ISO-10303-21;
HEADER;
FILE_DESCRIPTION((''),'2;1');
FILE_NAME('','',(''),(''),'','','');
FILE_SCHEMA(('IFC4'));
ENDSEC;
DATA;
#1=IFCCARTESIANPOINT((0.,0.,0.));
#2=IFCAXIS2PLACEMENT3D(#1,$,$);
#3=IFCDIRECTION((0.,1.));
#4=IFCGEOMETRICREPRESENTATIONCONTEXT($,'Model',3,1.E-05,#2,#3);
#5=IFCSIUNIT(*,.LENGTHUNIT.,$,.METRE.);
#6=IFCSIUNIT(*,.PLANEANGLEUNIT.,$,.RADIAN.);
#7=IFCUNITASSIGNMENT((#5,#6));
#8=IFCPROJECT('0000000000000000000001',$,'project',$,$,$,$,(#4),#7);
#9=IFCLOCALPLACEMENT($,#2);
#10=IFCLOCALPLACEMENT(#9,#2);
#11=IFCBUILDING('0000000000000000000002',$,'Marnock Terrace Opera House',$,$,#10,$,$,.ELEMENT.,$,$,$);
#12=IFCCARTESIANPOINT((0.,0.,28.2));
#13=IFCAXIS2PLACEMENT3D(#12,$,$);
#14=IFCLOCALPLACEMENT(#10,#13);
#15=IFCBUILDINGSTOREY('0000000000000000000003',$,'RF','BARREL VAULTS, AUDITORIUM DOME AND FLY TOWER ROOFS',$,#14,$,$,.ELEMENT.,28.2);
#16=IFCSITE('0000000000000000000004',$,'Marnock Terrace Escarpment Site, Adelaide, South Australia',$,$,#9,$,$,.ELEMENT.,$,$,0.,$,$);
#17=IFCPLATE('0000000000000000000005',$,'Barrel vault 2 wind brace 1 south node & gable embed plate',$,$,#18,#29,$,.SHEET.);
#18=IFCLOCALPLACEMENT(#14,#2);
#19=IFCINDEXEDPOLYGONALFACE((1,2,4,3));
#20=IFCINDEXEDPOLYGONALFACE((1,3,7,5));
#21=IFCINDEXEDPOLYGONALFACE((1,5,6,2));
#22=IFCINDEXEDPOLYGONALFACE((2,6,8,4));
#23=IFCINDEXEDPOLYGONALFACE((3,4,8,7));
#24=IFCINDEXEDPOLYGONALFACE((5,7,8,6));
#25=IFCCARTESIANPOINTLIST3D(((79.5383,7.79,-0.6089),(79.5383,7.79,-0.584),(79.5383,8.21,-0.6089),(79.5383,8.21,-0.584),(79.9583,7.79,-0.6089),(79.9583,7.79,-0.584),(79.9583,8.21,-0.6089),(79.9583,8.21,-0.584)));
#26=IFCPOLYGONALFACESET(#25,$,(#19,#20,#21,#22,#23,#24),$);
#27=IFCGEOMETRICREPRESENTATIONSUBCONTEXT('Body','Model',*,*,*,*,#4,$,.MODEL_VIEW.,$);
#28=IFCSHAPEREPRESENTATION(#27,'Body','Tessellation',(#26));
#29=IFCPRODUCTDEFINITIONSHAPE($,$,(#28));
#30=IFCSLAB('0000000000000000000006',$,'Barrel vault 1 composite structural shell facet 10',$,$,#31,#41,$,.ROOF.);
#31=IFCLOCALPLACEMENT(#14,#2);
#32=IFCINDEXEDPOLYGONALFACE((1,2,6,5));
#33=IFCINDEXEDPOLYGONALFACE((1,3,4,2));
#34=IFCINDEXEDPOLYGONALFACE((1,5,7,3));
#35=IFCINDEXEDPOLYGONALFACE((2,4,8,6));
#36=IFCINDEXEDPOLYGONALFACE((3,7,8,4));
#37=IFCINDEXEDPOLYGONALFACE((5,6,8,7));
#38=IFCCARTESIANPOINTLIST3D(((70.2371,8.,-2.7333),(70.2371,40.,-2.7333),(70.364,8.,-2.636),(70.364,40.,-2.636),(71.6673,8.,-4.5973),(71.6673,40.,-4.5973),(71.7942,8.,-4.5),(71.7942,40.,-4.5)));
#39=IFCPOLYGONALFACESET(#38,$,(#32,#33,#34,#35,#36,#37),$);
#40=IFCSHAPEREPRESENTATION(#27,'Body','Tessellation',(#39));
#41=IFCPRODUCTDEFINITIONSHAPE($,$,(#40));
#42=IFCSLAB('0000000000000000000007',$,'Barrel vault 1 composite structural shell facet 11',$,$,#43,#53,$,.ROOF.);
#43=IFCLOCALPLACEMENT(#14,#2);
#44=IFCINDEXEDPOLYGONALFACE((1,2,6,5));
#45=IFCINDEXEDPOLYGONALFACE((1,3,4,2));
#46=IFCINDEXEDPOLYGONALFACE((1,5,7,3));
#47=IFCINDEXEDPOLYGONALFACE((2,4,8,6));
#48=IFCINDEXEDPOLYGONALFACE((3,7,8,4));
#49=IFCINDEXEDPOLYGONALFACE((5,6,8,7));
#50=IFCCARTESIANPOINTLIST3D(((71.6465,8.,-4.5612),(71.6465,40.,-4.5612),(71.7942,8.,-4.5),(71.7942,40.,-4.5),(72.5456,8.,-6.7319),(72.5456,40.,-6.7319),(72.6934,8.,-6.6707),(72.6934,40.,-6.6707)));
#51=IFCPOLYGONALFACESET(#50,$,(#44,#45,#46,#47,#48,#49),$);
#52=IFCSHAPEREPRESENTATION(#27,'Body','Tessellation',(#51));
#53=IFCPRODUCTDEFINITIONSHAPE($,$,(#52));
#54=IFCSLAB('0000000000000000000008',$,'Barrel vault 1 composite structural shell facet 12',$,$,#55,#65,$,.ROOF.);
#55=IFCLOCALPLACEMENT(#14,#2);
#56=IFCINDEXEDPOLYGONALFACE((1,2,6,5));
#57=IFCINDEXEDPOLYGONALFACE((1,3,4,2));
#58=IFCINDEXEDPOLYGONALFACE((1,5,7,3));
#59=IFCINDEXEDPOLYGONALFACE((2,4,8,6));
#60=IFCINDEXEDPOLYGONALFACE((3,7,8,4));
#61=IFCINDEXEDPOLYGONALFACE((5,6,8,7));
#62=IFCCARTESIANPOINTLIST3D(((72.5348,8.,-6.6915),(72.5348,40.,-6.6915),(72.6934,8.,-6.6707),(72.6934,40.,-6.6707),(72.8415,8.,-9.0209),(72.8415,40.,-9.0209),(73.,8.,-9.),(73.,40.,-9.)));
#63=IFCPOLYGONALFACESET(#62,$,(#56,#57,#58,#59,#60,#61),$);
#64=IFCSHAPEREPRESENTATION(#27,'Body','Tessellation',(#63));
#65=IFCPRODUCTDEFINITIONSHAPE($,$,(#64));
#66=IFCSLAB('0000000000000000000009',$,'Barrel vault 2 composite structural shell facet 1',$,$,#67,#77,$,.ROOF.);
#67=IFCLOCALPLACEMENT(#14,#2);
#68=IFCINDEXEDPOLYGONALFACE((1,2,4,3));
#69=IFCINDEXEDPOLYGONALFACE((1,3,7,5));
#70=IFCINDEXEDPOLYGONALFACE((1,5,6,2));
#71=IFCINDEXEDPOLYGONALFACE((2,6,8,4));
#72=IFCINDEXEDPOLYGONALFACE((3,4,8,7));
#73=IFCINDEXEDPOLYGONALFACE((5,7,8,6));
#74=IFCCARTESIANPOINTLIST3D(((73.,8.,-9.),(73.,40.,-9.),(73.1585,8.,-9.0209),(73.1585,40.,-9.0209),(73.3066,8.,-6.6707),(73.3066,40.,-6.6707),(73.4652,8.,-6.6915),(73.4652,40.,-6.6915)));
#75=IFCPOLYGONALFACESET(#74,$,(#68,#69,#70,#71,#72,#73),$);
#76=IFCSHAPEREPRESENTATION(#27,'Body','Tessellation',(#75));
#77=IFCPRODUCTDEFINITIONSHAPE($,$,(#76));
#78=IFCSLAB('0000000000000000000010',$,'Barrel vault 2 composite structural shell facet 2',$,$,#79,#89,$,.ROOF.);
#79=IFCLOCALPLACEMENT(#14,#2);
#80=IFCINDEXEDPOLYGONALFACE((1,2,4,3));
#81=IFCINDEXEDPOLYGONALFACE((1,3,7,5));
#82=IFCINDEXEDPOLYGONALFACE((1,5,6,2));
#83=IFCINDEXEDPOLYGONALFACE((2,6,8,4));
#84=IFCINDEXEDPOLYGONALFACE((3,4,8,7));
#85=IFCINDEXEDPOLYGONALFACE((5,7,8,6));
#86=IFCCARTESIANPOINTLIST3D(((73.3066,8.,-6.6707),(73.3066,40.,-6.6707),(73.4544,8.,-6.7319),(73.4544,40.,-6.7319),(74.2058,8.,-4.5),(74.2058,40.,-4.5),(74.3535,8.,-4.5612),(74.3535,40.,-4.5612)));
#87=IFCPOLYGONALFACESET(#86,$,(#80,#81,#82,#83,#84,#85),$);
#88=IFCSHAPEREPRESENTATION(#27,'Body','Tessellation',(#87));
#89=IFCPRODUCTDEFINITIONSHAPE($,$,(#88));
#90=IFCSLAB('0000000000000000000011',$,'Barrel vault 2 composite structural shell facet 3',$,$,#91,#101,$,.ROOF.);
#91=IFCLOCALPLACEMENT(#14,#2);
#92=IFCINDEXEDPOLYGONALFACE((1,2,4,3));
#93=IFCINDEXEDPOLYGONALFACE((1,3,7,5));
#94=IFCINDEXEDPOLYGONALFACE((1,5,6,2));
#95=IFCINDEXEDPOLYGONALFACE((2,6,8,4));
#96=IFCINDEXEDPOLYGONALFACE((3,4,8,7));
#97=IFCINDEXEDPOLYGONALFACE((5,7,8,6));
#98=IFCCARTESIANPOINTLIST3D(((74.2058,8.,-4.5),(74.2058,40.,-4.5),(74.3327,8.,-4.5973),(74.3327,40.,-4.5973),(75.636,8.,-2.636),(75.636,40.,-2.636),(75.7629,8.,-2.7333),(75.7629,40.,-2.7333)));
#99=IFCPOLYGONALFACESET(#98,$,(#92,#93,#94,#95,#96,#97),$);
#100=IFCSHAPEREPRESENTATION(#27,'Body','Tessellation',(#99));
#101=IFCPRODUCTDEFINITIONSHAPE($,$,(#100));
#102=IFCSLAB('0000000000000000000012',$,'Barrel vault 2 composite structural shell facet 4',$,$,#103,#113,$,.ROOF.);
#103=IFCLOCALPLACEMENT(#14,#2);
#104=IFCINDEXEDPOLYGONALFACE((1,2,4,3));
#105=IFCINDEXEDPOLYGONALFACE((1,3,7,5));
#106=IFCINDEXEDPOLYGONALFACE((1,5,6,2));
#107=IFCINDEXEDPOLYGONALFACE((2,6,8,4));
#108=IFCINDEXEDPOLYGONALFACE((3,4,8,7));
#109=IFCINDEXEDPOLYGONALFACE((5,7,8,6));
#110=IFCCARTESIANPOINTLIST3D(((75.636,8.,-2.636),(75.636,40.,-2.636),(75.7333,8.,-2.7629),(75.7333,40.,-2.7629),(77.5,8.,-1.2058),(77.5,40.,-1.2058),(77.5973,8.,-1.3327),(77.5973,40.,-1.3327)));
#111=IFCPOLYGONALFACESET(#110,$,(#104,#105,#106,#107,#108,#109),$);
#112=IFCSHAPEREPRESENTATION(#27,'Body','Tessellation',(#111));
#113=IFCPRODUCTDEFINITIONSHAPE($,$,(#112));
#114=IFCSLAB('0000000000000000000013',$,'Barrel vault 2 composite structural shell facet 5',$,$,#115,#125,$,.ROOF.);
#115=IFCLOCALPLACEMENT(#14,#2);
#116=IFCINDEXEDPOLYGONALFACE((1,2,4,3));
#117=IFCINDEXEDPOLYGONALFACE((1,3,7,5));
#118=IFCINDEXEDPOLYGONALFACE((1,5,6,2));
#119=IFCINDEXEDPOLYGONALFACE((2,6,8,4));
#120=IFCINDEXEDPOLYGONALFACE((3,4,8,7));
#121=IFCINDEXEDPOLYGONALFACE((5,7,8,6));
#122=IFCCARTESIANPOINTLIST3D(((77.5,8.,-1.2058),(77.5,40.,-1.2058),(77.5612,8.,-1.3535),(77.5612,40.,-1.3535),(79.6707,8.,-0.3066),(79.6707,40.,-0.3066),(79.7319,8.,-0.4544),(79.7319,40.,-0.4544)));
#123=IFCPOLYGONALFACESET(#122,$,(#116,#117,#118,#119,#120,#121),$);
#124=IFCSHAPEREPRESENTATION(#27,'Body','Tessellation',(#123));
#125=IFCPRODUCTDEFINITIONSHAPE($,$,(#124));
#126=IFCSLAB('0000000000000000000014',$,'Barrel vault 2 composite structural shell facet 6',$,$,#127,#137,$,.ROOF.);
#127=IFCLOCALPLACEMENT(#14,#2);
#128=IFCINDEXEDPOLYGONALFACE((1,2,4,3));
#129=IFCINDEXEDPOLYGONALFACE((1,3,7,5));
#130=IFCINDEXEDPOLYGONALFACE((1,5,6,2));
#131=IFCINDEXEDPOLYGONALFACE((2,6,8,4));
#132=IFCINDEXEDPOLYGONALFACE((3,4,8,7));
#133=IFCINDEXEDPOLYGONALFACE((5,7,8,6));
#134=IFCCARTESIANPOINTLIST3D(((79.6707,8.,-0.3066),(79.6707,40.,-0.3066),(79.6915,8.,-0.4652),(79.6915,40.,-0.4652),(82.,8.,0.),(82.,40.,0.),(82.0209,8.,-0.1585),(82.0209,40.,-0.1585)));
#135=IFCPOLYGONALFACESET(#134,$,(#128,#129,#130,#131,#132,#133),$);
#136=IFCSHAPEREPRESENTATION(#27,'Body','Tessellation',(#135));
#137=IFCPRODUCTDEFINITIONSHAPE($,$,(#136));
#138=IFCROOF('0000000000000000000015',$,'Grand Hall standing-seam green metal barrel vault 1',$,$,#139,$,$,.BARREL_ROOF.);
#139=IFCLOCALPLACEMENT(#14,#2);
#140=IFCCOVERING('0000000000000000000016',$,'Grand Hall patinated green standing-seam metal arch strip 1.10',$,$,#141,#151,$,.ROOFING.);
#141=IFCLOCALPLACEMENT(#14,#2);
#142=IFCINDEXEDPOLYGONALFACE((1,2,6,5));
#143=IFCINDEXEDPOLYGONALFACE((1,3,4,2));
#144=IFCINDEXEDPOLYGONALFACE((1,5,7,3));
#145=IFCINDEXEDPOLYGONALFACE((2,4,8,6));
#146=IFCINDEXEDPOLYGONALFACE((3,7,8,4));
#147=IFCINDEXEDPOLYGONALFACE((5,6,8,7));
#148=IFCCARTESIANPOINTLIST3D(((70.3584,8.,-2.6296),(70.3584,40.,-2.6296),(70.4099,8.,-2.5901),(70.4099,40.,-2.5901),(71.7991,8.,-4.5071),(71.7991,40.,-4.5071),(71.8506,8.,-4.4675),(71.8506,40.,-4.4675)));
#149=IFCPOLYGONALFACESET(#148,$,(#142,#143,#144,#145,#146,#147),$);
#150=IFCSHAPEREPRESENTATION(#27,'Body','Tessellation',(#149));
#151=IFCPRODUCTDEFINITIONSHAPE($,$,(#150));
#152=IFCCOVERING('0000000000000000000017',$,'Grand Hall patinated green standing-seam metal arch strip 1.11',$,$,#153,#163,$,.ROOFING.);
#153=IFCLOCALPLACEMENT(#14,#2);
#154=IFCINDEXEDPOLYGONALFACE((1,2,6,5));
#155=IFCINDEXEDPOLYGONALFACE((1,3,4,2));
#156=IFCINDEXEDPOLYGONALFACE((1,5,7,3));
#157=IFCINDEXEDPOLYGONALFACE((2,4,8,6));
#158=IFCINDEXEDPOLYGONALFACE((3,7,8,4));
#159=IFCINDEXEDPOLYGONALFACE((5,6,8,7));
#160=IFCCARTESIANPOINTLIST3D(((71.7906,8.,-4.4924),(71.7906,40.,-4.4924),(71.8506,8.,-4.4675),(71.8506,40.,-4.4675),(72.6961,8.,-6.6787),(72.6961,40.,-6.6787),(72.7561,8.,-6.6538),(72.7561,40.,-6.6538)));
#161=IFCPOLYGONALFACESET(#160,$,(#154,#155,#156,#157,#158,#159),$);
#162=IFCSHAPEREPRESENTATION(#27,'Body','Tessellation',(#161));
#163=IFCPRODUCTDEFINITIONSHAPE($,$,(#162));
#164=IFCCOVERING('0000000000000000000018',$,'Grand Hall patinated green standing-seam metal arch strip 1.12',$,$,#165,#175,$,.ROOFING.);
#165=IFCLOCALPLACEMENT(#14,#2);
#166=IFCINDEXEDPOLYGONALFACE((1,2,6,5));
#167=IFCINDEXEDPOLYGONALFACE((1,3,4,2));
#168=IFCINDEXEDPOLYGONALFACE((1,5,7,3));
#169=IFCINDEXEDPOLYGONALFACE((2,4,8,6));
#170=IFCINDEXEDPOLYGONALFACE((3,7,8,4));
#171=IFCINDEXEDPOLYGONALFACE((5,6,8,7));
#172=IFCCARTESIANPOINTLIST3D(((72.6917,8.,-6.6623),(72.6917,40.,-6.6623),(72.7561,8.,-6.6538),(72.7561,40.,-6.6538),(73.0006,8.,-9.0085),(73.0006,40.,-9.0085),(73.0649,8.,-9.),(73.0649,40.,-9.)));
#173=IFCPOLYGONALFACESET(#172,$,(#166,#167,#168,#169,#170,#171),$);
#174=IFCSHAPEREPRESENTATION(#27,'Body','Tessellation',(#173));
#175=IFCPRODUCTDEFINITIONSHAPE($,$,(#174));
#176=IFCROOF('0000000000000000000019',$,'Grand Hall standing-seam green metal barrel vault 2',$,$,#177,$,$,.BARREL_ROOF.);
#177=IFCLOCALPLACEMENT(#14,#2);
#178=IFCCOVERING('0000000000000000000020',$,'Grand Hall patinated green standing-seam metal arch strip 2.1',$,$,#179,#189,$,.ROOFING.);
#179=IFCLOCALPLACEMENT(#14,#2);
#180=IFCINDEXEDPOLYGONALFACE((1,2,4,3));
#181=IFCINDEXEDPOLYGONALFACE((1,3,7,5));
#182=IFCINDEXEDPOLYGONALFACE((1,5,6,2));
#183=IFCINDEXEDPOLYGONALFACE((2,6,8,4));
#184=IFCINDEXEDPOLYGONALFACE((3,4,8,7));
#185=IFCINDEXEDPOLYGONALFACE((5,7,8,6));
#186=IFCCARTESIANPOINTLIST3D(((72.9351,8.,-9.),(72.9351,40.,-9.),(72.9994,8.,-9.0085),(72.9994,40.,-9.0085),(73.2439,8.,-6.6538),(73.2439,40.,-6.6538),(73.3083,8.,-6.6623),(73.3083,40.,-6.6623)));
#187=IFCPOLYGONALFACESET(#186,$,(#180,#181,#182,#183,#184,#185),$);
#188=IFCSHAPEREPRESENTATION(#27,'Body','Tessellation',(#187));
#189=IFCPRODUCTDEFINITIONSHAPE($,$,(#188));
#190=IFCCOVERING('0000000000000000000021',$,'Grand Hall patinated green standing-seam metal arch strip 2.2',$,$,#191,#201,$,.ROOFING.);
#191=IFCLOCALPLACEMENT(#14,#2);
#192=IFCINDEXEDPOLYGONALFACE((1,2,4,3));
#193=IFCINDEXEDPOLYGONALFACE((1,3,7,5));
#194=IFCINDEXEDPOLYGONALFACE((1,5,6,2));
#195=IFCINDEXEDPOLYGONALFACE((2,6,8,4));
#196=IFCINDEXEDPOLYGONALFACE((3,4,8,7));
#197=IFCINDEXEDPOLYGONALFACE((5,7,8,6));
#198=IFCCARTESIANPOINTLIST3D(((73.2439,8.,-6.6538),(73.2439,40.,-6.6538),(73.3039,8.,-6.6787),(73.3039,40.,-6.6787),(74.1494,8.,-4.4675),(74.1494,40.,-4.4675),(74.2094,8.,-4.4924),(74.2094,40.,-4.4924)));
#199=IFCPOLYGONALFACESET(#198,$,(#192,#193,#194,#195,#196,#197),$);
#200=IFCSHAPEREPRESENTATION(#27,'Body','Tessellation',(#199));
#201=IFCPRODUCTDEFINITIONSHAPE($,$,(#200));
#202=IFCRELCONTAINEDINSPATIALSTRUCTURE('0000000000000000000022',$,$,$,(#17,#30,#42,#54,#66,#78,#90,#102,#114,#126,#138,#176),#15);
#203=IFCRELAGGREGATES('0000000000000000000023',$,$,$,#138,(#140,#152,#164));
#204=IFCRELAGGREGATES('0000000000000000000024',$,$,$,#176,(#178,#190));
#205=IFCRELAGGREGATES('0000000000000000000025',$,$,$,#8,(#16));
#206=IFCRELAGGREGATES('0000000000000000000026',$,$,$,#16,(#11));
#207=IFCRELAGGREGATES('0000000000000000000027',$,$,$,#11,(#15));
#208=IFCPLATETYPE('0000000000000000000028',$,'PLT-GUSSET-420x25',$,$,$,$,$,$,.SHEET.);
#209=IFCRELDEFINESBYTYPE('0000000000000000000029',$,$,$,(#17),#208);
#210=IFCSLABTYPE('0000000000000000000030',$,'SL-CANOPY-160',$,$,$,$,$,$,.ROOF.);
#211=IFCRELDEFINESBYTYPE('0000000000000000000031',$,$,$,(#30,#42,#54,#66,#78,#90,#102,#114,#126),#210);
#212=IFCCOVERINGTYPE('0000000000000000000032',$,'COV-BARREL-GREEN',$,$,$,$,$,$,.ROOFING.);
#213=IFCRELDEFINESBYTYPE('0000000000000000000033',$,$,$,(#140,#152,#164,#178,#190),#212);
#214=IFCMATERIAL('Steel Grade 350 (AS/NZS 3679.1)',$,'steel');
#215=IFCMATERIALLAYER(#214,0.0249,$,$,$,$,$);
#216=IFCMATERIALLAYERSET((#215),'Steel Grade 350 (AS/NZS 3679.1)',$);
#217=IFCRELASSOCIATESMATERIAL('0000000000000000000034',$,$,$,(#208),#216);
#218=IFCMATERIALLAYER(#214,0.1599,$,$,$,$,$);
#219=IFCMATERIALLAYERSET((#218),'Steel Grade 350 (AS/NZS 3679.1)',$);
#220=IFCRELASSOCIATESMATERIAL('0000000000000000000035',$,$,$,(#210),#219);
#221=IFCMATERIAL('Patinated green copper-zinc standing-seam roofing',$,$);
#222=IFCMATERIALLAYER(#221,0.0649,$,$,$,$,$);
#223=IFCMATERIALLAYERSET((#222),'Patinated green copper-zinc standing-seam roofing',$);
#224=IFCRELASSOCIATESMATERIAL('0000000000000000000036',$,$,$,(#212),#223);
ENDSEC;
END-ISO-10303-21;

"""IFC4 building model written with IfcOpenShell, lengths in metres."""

from ifc_helpers import new_model, si_unit, direction, frame, origin, origin_2d, place, context, subcontext, project, spatial, polyline, rectangle, outline, extrude, material, layer, layer_set, type_object, element, aggregate, save


model = new_model("IFC4")

# Units and contexts
model_context = context("Model", 3, precision=1e-05, world=origin(), true_north=direction((0.0, 1.0)))
body_context = subcontext(model_context, "Body", "Model", "MODEL_VIEW")
ifc_project = project(units=[si_unit("LENGTHUNIT", "METRE"), si_unit("PLANEANGLEUNIT", "RADIAN")], contexts=[model_context])

# Site, building, storey
site_placement = place(None, origin())
site = spatial("IfcSite", under=ifc_project, at=site_placement, Name="Marnock Terrace Escarpment Site, Adelaide, South Australia", CompositionType="ELEMENT", RefElevation=0.0)
building_placement = place(site_placement, origin())
building = spatial("IfcBuilding", under=site, at=building_placement, Name="Marnock Terrace Opera House", CompositionType="ELEMENT")
storey_placement = place(building_placement, frame((0.0, 0.0, 28.2)))
storey = spatial("IfcBuildingStorey", under=building, at=storey_placement, Name="RF", Description="BARREL VAULTS, AUDITORIUM DOME AND FLY TOWER ROOFS", CompositionType="ELEMENT", Elevation=28.2)

# Plate
ifc_material_1 = material(Name="Steel Grade 350 (AS/NZS 3679.1)", Category="steel")
ifc_layer_1 = layer(ifc_material_1, 0.0249)
ifc_layer_set_1 = layer_set([ifc_layer_1], Name="Steel Grade 350 (AS/NZS 3679.1)")
plate_type = type_object("IfcPlateType", Name="PLT-GUSSET-420x25", PredefinedType="SHEET", material=ifc_layer_set_1)
plate_placement = place(storey_placement, frame((79.7483, 8.0, -0.6089), z_axis=(0.0, 0.0, 1.0), x_axis=(1.0, 0.0, 0.0)))
element("IfcPlate", 1, at=plate_placement, inside=storey, type_object=plate_type, Name="Barrel vault 2 wind brace 1 south node & gable embed plate", PredefinedType="SHEET", context=body_context, shape_type="SweptSolid", body=[
    extrude(rectangle(XDim=0.4199, YDim=0.4199, at=origin_2d()), origin(), (0.0, 0.0, 1.0), 0.0249),
])

# Slabs
ifc_layer_2 = layer(ifc_material_1, 0.1599)
ifc_layer_set_2 = layer_set([ifc_layer_2], Name="Steel Grade 350 (AS/NZS 3679.1)")
slab_type = type_object("IfcSlabType", Name="SL-CANOPY-160", PredefinedType="ROOF", material=ifc_layer_set_2)
slab_1_placement = place(storey_placement, frame((70.364, 8.0, -2.636), z_axis=(0.793381, 0.0, 0.608726), x_axis=(0.608726, 0.0, -0.793381)))
element("IfcSlab", 2, at=slab_1_placement, inside=storey, type_object=slab_type, Name="Barrel vault 1 composite structural shell facet 10", PredefinedType="ROOF", context=body_context, shape_type="SweptSolid", body=[
    extrude(outline(polyline([(0.0, 0.0), (2.3495, 0.0), (2.3495, 32.0), (0.0, 32.0), (0.0, 0.0)])), origin(), (0.0, 0.0, -1.0), 0.1599),
])
slab_2_placement = place(storey_placement, frame((71.7942, 8.0, -4.5), z_axis=(0.923871, 0.0, 0.382704), x_axis=(0.382704, 0.0, -0.923871)))
element("IfcSlab", 3, at=slab_2_placement, inside=storey, type_object=slab_type, Name="Barrel vault 1 composite structural shell facet 11", PredefinedType="ROOF", context=body_context, shape_type="SweptSolid", body=[
    extrude(outline(polyline([(0.0, 0.0), (2.3495, 0.0), (2.3495, 32.0), (0.0, 32.0), (0.0, 0.0)])), origin(), (0.0, 0.0, -1.0), 0.1599),
])
for number, where, z_axis, x_axis, name in (
    (4, (72.6934, 8.0, -6.6707), (0.991446, 0.0, 0.130516), (0.130516, 0.0, -0.991446), "Barrel vault 1 composite structural shell facet 12"),
    (5, (73.0, 8.0, -9.0), (-0.991446, 0.0, 0.130516), (0.130516, 0.0, 0.991446), "Barrel vault 2 composite structural shell facet 1"),
):
    element("IfcSlab", number, at=place(storey_placement, frame(where, z_axis=z_axis, x_axis=x_axis)), inside=storey, type_object=slab_type, Name=name, PredefinedType="ROOF", context=body_context, shape_type="SweptSolid", body=[
        extrude(outline(polyline([(0.0, 0.0), (2.3494, 0.0), (2.3494, 32.0), (0.0, 32.0), (0.0, 0.0)])), origin(), (0.0, 0.0, -1.0), 0.1599),
    ])
slab_3_placement = place(storey_placement, frame((73.3066, 8.0, -6.6707), z_axis=(-0.923871, 0.0, 0.382704), x_axis=(0.382704, 0.0, 0.923871)))
element("IfcSlab", 6, at=slab_3_placement, inside=storey, type_object=slab_type, Name="Barrel vault 2 composite structural shell facet 2", PredefinedType="ROOF", context=body_context, shape_type="SweptSolid", body=[
    extrude(outline(polyline([(0.0, 0.0), (2.3495, 0.0), (2.3495, 32.0), (0.0, 32.0), (0.0, 0.0)])), origin(), (0.0, 0.0, -1.0), 0.1599),
])
for number, where, z_axis, x_axis, name in (
    (7, (74.2058, 8.0, -4.5), (-0.793381, 0.0, 0.608726), (0.608726, 0.0, 0.793381), "Barrel vault 2 composite structural shell facet 3"),
    (8, (75.636, 8.0, -2.636), (-0.608726, 0.0, 0.793381), (0.793381, 0.0, 0.608726), "Barrel vault 2 composite structural shell facet 4"),
):
    element("IfcSlab", number, at=place(storey_placement, frame(where, z_axis=z_axis, x_axis=x_axis)), inside=storey, type_object=slab_type, Name=name, PredefinedType="ROOF", context=body_context, shape_type="SweptSolid", body=[
        extrude(outline(polyline([(0.0, 0.0), (2.3495, 0.0), (2.3495, 32.0), (0.0, 32.0), (0.0, 0.0)])), origin(), (0.0, 0.0, -1.0), 0.1599),
    ])
slab_4_placement = place(storey_placement, frame((77.5, 8.0, -1.2058), z_axis=(-0.382704, 0.0, 0.923871), x_axis=(0.923871, 0.0, 0.382704)))
element("IfcSlab", 9, at=slab_4_placement, inside=storey, type_object=slab_type, Name="Barrel vault 2 composite structural shell facet 5", PredefinedType="ROOF", context=body_context, shape_type="SweptSolid", body=[
    extrude(outline(polyline([(0.0, 0.0), (2.3495, 0.0), (2.3495, 32.0), (0.0, 32.0), (0.0, 0.0)])), origin(), (0.0, 0.0, -1.0), 0.1599),
])
slab_5_placement = place(storey_placement, frame((79.6707, 8.0, -0.3066), z_axis=(-0.130516, 0.0, 0.991446), x_axis=(0.991446, 0.0, 0.130516)))
element("IfcSlab", 10, at=slab_5_placement, inside=storey, type_object=slab_type, Name="Barrel vault 2 composite structural shell facet 6", PredefinedType="ROOF", context=body_context, shape_type="SweptSolid", body=[
    extrude(outline(polyline([(0.0, 0.0), (2.3494, 0.0), (2.3494, 32.0), (0.0, 32.0), (0.0, 0.0)])), origin(), (0.0, 0.0, -1.0), 0.1599),
])

# Roofs, coverings
roof_1_placement = place(storey_placement, origin())
roof_1 = element("IfcRoof", 11, at=roof_1_placement, inside=storey, Name="Grand Hall standing-seam green metal barrel vault 1", PredefinedType="BARREL_ROOF")
ifc_material_2 = material(Name="Patinated green copper-zinc standing-seam roofing")
ifc_layer_3 = layer(ifc_material_2, 0.0649)
ifc_layer_set_3 = layer_set([ifc_layer_3], Name="Patinated green copper-zinc standing-seam roofing")
covering_type = type_object("IfcCoveringType", Name="COV-BARREL-GREEN", PredefinedType="ROOFING", material=ifc_layer_set_3)
covering_1_placement = place(storey_placement, frame((70.4099, 8.0, -2.5901), z_axis=(0.793341, 0.0, 0.608778), x_axis=(0.608778, 0.0, -0.793341)))
covering_1 = element("IfcCovering", 12, at=covering_1_placement, type_object=covering_type, Name="Grand Hall patinated green standing-seam metal arch strip 1.10", PredefinedType="ROOFING", context=body_context, shape_type="SweptSolid", body=[
    extrude(outline(polyline([(0.0, 0.0), (2.3665, 0.0), (2.3665, 32.0), (0.0, 32.0), (0.0, 0.0)])), origin(), (0.0, 0.0, -1.0), 0.0649),
])
covering_2_placement = place(storey_placement, frame((71.8506, 8.0, -4.4675), z_axis=(0.92389, 0.0, 0.382659), x_axis=(0.382659, 0.0, -0.92389)))
covering_2 = element("IfcCovering", 13, at=covering_2_placement, type_object=covering_type, Name="Grand Hall patinated green standing-seam metal arch strip 1.11", PredefinedType="ROOFING", context=body_context, shape_type="SweptSolid", body=[
    extrude(outline(polyline([(0.0, 0.0), (2.3664, 0.0), (2.3664, 32.0), (0.0, 32.0), (0.0, 0.0)])), origin(), (0.0, 0.0, -1.0), 0.0649),
])
covering_3_placement = place(storey_placement, frame((72.7561, 8.0, -6.6538), z_axis=(0.991447, 0.0, 0.130508), x_axis=(0.130508, 0.0, -0.991447)))
covering_3 = element("IfcCovering", 14, at=covering_3_placement, type_object=covering_type, Name="Grand Hall patinated green standing-seam metal arch strip 1.12", PredefinedType="ROOFING", context=body_context, shape_type="SweptSolid", body=[
    extrude(outline(polyline([(0.0, 0.0), (2.3664, 0.0), (2.3664, 32.0), (0.0, 32.0), (0.0, 0.0)])), origin(), (0.0, 0.0, -1.0), 0.0649),
])
aggregate(roof_1, [covering_1, covering_2, covering_3])
roof_2_placement = place(storey_placement, origin())
roof_2 = element("IfcRoof", 15, at=roof_2_placement, inside=storey, Name="Grand Hall standing-seam green metal barrel vault 2", PredefinedType="BARREL_ROOF")
covering_4_placement = place(storey_placement, frame((72.9351, 8.0, -9.0), z_axis=(-0.991447, 0.0, 0.130508), x_axis=(0.130508, 0.0, 0.991447)))
covering_4 = element("IfcCovering", 16, at=covering_4_placement, type_object=covering_type, Name="Grand Hall patinated green standing-seam metal arch strip 2.1", PredefinedType="ROOFING", context=body_context, shape_type="SweptSolid", body=[
    extrude(outline(polyline([(0.0, 0.0), (2.3664, 0.0), (2.3664, 32.0), (0.0, 32.0), (0.0, 0.0)])), origin(), (0.0, 0.0, -1.0), 0.0649),
])
covering_5_placement = place(storey_placement, frame((73.2439, 8.0, -6.6538), z_axis=(-0.92389, 0.0, 0.382659), x_axis=(0.382659, 0.0, 0.92389)))
covering_5 = element("IfcCovering", 17, at=covering_5_placement, type_object=covering_type, Name="Grand Hall patinated green standing-seam metal arch strip 2.2", PredefinedType="ROOFING", context=body_context, shape_type="SweptSolid", body=[
    extrude(outline(polyline([(0.0, 0.0), (2.3664, 0.0), (2.3664, 32.0), (0.0, 32.0), (0.0, 0.0)])), origin(), (0.0, 0.0, -1.0), 0.0649),
])
aggregate(roof_2, [covering_4, covering_5])

save(model, "model.ifc")
